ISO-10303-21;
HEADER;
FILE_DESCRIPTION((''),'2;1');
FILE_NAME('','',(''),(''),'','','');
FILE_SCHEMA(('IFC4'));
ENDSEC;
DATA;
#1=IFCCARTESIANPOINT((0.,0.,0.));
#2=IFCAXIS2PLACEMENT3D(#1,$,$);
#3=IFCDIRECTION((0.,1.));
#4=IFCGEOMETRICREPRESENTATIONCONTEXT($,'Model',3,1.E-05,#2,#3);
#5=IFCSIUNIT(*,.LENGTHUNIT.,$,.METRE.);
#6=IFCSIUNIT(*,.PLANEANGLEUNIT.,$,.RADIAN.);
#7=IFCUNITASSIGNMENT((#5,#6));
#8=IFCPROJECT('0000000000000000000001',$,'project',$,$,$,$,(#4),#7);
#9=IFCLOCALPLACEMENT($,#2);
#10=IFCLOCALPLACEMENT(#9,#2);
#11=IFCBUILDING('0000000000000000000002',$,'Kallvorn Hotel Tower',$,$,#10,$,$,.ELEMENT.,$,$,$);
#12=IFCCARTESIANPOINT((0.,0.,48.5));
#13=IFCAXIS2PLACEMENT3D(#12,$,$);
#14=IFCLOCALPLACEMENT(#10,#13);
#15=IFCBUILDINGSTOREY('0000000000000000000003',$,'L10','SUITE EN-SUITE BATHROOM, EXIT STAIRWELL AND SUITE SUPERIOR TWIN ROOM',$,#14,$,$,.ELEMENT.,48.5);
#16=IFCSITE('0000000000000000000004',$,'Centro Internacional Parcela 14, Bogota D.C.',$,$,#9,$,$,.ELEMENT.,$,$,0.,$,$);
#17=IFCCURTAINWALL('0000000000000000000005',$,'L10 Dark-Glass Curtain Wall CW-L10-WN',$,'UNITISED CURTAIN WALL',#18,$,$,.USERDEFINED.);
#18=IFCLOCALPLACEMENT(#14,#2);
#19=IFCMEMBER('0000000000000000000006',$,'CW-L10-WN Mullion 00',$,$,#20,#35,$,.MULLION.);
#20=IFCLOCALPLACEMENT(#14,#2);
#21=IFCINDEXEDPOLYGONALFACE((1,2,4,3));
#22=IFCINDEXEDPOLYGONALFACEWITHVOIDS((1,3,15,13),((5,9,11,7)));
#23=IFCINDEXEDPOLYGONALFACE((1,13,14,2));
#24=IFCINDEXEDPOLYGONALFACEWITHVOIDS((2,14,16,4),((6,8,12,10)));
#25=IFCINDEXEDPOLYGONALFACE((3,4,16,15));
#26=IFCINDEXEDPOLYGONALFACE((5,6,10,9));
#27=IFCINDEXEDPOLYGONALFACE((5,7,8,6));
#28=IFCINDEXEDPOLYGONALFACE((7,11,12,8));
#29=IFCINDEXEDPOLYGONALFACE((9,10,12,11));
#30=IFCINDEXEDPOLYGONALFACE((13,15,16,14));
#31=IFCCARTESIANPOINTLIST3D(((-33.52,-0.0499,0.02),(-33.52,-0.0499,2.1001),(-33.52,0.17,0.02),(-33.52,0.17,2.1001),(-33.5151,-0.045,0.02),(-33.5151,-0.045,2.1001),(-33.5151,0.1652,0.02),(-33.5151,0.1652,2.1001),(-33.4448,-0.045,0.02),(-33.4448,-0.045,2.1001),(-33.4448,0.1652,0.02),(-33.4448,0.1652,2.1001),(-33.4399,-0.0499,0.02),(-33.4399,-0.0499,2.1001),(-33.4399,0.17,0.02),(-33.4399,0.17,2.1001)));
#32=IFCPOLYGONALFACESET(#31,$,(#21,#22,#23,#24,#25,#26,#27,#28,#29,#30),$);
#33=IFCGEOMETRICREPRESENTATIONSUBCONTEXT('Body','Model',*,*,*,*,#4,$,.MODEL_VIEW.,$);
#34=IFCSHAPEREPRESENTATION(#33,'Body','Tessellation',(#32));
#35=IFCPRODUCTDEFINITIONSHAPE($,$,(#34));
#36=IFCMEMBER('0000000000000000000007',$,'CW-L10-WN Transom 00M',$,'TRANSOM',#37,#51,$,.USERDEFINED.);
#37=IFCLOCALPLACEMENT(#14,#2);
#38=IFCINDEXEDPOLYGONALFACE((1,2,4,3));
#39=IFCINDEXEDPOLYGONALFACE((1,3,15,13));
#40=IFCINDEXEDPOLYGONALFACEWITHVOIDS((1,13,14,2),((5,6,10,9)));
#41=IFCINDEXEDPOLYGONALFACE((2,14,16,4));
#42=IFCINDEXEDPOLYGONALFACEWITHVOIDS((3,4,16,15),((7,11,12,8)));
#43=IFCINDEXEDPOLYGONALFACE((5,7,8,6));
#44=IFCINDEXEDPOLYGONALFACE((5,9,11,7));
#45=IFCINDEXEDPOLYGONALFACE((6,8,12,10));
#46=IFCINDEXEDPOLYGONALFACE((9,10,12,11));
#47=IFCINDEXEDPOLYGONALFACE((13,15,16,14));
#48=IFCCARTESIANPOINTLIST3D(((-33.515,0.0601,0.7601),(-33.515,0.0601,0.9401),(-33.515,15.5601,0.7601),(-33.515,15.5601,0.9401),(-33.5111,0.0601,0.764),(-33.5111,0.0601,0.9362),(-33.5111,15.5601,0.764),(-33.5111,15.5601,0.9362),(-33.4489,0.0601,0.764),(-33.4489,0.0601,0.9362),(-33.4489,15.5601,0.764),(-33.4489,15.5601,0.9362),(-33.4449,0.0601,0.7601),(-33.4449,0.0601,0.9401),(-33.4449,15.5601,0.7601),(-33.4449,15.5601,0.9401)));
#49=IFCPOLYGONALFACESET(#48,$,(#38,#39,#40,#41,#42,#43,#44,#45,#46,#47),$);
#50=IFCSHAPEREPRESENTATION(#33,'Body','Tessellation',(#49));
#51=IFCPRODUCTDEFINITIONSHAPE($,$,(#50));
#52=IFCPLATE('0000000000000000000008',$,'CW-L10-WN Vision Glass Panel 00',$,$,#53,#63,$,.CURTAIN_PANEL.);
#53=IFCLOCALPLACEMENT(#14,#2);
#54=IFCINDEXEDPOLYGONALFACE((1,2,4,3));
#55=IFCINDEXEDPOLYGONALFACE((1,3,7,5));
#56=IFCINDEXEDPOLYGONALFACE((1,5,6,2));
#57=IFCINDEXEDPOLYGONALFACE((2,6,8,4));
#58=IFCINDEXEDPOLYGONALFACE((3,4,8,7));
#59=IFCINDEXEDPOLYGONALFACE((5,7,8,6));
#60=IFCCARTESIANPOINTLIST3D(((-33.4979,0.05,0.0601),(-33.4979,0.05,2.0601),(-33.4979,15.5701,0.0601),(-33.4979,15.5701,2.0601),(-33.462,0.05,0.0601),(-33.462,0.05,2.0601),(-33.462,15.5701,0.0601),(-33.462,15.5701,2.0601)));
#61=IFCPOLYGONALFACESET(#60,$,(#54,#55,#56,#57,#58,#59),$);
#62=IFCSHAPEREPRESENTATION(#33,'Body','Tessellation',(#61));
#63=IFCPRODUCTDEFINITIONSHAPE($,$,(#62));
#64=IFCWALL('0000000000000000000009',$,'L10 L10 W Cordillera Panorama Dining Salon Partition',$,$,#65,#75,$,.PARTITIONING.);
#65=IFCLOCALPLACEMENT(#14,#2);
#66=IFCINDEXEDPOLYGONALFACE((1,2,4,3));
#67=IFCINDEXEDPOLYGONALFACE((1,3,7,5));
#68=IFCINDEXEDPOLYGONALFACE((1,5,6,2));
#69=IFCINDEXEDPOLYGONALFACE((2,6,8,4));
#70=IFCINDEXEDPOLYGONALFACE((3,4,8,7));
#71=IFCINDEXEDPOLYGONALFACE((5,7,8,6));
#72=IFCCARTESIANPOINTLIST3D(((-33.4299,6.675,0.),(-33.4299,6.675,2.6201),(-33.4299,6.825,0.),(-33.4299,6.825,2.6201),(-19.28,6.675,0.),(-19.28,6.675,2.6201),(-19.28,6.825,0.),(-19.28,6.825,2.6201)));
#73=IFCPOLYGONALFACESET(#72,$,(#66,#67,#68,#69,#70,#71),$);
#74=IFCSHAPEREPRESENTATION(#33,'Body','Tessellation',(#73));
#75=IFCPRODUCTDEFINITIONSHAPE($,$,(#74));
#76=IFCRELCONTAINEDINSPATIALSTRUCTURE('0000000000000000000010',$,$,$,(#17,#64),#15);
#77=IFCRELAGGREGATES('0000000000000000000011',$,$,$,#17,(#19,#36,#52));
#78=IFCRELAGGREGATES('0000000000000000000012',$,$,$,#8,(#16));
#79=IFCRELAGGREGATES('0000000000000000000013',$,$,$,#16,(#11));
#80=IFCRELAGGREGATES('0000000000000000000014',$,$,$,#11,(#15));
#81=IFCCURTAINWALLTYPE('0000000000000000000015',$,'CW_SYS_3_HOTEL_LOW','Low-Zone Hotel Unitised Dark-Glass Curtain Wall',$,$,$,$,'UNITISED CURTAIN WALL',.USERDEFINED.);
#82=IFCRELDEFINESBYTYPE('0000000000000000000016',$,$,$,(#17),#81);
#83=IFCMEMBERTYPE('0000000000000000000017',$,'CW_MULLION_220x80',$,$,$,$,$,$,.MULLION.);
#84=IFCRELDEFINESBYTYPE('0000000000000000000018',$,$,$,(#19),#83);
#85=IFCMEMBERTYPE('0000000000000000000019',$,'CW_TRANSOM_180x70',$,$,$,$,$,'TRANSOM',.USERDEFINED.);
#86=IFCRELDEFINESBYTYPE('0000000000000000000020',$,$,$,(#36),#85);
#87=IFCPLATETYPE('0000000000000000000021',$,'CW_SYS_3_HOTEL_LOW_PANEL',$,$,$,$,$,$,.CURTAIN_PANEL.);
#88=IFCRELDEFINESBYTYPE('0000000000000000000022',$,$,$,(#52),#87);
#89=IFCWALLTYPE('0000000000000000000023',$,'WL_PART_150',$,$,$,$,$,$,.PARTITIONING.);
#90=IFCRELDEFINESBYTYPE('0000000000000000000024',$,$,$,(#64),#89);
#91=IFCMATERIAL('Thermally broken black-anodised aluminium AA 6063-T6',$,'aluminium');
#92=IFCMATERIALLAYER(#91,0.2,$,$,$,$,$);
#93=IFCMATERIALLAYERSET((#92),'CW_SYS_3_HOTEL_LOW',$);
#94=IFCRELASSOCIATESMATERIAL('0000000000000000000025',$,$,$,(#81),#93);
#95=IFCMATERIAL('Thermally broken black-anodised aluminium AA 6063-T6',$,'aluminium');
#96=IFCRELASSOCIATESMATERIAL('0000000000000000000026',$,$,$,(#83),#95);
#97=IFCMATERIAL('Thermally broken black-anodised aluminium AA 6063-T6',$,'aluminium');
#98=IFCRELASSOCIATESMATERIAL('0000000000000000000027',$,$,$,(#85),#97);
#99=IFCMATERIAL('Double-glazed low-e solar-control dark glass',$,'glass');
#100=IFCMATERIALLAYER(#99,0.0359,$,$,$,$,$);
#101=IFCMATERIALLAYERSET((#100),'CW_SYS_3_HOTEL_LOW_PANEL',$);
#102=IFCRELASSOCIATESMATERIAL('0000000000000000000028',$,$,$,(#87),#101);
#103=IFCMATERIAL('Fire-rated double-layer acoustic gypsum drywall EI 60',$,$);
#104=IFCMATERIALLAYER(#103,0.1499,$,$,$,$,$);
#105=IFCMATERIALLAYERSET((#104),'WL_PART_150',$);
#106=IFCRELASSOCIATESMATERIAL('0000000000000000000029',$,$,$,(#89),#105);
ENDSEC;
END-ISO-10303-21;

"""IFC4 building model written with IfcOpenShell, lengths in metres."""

from ifc_helpers import new_model, si_unit, direction, frame, frame_2d, origin, origin_2d, place, context, subcontext, project, spatial, rectangle, hollow_rectangle, extrude, material, layer, layer_set, material_profile, profile_set, type_object, element, aggregate, save


model = new_model("IFC4")

# Units and contexts
model_context = context("Model", 3, precision=1e-05, world=origin(), true_north=direction((0.0, 1.0)))
body_context = subcontext(model_context, "Body", "Model", "MODEL_VIEW")
ifc_project = project(units=[si_unit("LENGTHUNIT", "METRE"), si_unit("PLANEANGLEUNIT", "RADIAN")], contexts=[model_context])

# Site, building, storey
site_placement = place(None, origin())
site = spatial("IfcSite", under=ifc_project, at=site_placement, Name="Centro Internacional Parcela 14, Bogota D.C.", CompositionType="ELEMENT", RefElevation=0.0)
building_placement = place(site_placement, origin())
building = spatial("IfcBuilding", under=site, at=building_placement, Name="Kallvorn Hotel Tower", CompositionType="ELEMENT")
storey_placement = place(building_placement, frame((0.0, 0.0, 48.5)))
storey = spatial("IfcBuildingStorey", under=building, at=storey_placement, Name="L10", Description="SUITE EN-SUITE BATHROOM, EXIT STAIRWELL AND SUITE SUPERIOR TWIN ROOM", CompositionType="ELEMENT", Elevation=48.5)

# Curtain wall, members, plate
ifc_material_1 = material(Name="Thermally broken black-anodised aluminium AA 6063-T6", Category="aluminium")
ifc_layer_1 = layer(ifc_material_1, 0.2)
ifc_layer_set_1 = layer_set([ifc_layer_1], Name="CW_SYS_3_HOTEL_LOW")
curtain_wall_type = type_object("IfcCurtainWallType", Name="CW_SYS_3_HOTEL_LOW", Description="Low-Zone Hotel Unitised Dark-Glass Curtain Wall", ElementType="UNITISED CURTAIN WALL", PredefinedType="USERDEFINED", material=ifc_layer_set_1)
curtain_wall_placement = place(storey_placement, origin())
curtain_wall = element("IfcCurtainWall", 1, at=curtain_wall_placement, inside=storey, type_object=curtain_wall_type, Name="L10 Dark-Glass Curtain Wall CW-L10-WN", ObjectType="UNITISED CURTAIN WALL", PredefinedType="USERDEFINED")
ifc_material_2 = material(Name="Thermally broken black-anodised aluminium AA 6063-T6", Category="aluminium")
ifc_material_profile_1 = material_profile(ifc_material_2, hollow_rectangle(XDim=0.0801, YDim=0.22, WallThickness=0.0049, at=origin_2d()), Name="MUL 220x80")
ifc_profile_set_1 = profile_set([ifc_material_profile_1], Name="Thermally broken black-anodised aluminium AA 6063-T6")
member_type_1 = type_object("IfcMemberType", Name="CW_MULLION_220x80", PredefinedType="MULLION", material=ifc_profile_set_1)
member_1_placement = place(storey_placement, frame((-33.48, 0.0601, 0.02), z_axis=(0.0, 0.0, 1.0), x_axis=(1.0, 0.0, 0.0)))
member_1 = element("IfcMember", 2, at=member_1_placement, type_object=member_type_1, Name="CW-L10-WN Mullion 00", PredefinedType="MULLION", context=body_context, shape_type="SweptSolid", body=[
    extrude(hollow_rectangle(XDim=0.0801, YDim=0.22, WallThickness=0.0049, at=origin_2d()), origin(), (0.0, 0.0, 1.0), 2.0801),
])
ifc_material_3 = material(Name="Thermally broken black-anodised aluminium AA 6063-T6", Category="aluminium")
ifc_material_profile_2 = material_profile(ifc_material_3, hollow_rectangle(XDim=0.0701, YDim=0.1799, WallThickness=0.0039, at=origin_2d()), Name="TRN 180x70")
ifc_profile_set_2 = profile_set([ifc_material_profile_2], Name="Thermally broken black-anodised aluminium AA 6063-T6")
member_type_2 = type_object("IfcMemberType", Name="CW_TRANSOM_180x70", ElementType="TRANSOM", PredefinedType="USERDEFINED", material=ifc_profile_set_2)
member_2_placement = place(storey_placement, frame((-33.48, 0.0601, 0.8501), z_axis=(0.0, 1.0, 0.0), x_axis=(-1.0, 0.0, 0.0)))
member_2 = element("IfcMember", 3, at=member_2_placement, type_object=member_type_2, Name="CW-L10-WN Transom 00M", ObjectType="TRANSOM", PredefinedType="USERDEFINED", context=body_context, shape_type="SweptSolid", body=[
    extrude(hollow_rectangle(XDim=0.0701, YDim=0.1799, WallThickness=0.0039, at=origin_2d()), origin(), (0.0, 0.0, 1.0), 15.5),
])
ifc_material_4 = material(Name="Double-glazed low-e solar-control dark glass", Category="glass")
ifc_layer_2 = layer(ifc_material_4, 0.0359)
ifc_layer_set_2 = layer_set([ifc_layer_2], Name="CW_SYS_3_HOTEL_LOW_PANEL")
plate_type = type_object("IfcPlateType", Name="CW_SYS_3_HOTEL_LOW_PANEL", PredefinedType="CURTAIN_PANEL", material=ifc_layer_set_2)
plate_placement = place(storey_placement, frame((-33.48, 7.8101, 0.0601), z_axis=(0.0, 0.0, 1.0), x_axis=(0.0, 1.0, 0.0)))
plate = element("IfcPlate", 4, at=plate_placement, type_object=plate_type, Name="CW-L10-WN Vision Glass Panel 00", PredefinedType="CURTAIN_PANEL", context=body_context, shape_type="SweptSolid", body=[
    extrude(rectangle(XDim=15.52, YDim=0.0359, at=origin_2d()), origin(), (0.0, 0.0, 1.0), 2.0),
])
aggregate(curtain_wall, [member_1, member_2, plate])

# Wall
ifc_material_5 = material(Name="Fire-rated double-layer acoustic gypsum drywall EI 60")
ifc_layer_3 = layer(ifc_material_5, 0.1499)
ifc_layer_set_3 = layer_set([ifc_layer_3], Name="WL_PART_150")
wall_type_1 = type_object("IfcWallType", Name="WL_PART_150", PredefinedType="PARTITIONING", material=ifc_layer_set_3)
wall_1_placement = place(storey_placement, frame((-33.4299, 6.75, 0.0), z_axis=(0.0, 0.0, 1.0), x_axis=(1.0, 0.0, 0.0)))
element("IfcWall", 5, at=wall_1_placement, inside=storey, type_object=wall_type_1, Name="L10 L10 W Cordillera Panorama Dining Salon Partition", PredefinedType="PARTITIONING", context=body_context, shape_type="SweptSolid", body=[
    extrude(rectangle(XDim=14.1499, YDim=0.1499, at=frame_2d((7.075, 0.0))), origin(), (0.0, 0.0, 1.0), 2.6201),
])

save(model, "model.ifc")
